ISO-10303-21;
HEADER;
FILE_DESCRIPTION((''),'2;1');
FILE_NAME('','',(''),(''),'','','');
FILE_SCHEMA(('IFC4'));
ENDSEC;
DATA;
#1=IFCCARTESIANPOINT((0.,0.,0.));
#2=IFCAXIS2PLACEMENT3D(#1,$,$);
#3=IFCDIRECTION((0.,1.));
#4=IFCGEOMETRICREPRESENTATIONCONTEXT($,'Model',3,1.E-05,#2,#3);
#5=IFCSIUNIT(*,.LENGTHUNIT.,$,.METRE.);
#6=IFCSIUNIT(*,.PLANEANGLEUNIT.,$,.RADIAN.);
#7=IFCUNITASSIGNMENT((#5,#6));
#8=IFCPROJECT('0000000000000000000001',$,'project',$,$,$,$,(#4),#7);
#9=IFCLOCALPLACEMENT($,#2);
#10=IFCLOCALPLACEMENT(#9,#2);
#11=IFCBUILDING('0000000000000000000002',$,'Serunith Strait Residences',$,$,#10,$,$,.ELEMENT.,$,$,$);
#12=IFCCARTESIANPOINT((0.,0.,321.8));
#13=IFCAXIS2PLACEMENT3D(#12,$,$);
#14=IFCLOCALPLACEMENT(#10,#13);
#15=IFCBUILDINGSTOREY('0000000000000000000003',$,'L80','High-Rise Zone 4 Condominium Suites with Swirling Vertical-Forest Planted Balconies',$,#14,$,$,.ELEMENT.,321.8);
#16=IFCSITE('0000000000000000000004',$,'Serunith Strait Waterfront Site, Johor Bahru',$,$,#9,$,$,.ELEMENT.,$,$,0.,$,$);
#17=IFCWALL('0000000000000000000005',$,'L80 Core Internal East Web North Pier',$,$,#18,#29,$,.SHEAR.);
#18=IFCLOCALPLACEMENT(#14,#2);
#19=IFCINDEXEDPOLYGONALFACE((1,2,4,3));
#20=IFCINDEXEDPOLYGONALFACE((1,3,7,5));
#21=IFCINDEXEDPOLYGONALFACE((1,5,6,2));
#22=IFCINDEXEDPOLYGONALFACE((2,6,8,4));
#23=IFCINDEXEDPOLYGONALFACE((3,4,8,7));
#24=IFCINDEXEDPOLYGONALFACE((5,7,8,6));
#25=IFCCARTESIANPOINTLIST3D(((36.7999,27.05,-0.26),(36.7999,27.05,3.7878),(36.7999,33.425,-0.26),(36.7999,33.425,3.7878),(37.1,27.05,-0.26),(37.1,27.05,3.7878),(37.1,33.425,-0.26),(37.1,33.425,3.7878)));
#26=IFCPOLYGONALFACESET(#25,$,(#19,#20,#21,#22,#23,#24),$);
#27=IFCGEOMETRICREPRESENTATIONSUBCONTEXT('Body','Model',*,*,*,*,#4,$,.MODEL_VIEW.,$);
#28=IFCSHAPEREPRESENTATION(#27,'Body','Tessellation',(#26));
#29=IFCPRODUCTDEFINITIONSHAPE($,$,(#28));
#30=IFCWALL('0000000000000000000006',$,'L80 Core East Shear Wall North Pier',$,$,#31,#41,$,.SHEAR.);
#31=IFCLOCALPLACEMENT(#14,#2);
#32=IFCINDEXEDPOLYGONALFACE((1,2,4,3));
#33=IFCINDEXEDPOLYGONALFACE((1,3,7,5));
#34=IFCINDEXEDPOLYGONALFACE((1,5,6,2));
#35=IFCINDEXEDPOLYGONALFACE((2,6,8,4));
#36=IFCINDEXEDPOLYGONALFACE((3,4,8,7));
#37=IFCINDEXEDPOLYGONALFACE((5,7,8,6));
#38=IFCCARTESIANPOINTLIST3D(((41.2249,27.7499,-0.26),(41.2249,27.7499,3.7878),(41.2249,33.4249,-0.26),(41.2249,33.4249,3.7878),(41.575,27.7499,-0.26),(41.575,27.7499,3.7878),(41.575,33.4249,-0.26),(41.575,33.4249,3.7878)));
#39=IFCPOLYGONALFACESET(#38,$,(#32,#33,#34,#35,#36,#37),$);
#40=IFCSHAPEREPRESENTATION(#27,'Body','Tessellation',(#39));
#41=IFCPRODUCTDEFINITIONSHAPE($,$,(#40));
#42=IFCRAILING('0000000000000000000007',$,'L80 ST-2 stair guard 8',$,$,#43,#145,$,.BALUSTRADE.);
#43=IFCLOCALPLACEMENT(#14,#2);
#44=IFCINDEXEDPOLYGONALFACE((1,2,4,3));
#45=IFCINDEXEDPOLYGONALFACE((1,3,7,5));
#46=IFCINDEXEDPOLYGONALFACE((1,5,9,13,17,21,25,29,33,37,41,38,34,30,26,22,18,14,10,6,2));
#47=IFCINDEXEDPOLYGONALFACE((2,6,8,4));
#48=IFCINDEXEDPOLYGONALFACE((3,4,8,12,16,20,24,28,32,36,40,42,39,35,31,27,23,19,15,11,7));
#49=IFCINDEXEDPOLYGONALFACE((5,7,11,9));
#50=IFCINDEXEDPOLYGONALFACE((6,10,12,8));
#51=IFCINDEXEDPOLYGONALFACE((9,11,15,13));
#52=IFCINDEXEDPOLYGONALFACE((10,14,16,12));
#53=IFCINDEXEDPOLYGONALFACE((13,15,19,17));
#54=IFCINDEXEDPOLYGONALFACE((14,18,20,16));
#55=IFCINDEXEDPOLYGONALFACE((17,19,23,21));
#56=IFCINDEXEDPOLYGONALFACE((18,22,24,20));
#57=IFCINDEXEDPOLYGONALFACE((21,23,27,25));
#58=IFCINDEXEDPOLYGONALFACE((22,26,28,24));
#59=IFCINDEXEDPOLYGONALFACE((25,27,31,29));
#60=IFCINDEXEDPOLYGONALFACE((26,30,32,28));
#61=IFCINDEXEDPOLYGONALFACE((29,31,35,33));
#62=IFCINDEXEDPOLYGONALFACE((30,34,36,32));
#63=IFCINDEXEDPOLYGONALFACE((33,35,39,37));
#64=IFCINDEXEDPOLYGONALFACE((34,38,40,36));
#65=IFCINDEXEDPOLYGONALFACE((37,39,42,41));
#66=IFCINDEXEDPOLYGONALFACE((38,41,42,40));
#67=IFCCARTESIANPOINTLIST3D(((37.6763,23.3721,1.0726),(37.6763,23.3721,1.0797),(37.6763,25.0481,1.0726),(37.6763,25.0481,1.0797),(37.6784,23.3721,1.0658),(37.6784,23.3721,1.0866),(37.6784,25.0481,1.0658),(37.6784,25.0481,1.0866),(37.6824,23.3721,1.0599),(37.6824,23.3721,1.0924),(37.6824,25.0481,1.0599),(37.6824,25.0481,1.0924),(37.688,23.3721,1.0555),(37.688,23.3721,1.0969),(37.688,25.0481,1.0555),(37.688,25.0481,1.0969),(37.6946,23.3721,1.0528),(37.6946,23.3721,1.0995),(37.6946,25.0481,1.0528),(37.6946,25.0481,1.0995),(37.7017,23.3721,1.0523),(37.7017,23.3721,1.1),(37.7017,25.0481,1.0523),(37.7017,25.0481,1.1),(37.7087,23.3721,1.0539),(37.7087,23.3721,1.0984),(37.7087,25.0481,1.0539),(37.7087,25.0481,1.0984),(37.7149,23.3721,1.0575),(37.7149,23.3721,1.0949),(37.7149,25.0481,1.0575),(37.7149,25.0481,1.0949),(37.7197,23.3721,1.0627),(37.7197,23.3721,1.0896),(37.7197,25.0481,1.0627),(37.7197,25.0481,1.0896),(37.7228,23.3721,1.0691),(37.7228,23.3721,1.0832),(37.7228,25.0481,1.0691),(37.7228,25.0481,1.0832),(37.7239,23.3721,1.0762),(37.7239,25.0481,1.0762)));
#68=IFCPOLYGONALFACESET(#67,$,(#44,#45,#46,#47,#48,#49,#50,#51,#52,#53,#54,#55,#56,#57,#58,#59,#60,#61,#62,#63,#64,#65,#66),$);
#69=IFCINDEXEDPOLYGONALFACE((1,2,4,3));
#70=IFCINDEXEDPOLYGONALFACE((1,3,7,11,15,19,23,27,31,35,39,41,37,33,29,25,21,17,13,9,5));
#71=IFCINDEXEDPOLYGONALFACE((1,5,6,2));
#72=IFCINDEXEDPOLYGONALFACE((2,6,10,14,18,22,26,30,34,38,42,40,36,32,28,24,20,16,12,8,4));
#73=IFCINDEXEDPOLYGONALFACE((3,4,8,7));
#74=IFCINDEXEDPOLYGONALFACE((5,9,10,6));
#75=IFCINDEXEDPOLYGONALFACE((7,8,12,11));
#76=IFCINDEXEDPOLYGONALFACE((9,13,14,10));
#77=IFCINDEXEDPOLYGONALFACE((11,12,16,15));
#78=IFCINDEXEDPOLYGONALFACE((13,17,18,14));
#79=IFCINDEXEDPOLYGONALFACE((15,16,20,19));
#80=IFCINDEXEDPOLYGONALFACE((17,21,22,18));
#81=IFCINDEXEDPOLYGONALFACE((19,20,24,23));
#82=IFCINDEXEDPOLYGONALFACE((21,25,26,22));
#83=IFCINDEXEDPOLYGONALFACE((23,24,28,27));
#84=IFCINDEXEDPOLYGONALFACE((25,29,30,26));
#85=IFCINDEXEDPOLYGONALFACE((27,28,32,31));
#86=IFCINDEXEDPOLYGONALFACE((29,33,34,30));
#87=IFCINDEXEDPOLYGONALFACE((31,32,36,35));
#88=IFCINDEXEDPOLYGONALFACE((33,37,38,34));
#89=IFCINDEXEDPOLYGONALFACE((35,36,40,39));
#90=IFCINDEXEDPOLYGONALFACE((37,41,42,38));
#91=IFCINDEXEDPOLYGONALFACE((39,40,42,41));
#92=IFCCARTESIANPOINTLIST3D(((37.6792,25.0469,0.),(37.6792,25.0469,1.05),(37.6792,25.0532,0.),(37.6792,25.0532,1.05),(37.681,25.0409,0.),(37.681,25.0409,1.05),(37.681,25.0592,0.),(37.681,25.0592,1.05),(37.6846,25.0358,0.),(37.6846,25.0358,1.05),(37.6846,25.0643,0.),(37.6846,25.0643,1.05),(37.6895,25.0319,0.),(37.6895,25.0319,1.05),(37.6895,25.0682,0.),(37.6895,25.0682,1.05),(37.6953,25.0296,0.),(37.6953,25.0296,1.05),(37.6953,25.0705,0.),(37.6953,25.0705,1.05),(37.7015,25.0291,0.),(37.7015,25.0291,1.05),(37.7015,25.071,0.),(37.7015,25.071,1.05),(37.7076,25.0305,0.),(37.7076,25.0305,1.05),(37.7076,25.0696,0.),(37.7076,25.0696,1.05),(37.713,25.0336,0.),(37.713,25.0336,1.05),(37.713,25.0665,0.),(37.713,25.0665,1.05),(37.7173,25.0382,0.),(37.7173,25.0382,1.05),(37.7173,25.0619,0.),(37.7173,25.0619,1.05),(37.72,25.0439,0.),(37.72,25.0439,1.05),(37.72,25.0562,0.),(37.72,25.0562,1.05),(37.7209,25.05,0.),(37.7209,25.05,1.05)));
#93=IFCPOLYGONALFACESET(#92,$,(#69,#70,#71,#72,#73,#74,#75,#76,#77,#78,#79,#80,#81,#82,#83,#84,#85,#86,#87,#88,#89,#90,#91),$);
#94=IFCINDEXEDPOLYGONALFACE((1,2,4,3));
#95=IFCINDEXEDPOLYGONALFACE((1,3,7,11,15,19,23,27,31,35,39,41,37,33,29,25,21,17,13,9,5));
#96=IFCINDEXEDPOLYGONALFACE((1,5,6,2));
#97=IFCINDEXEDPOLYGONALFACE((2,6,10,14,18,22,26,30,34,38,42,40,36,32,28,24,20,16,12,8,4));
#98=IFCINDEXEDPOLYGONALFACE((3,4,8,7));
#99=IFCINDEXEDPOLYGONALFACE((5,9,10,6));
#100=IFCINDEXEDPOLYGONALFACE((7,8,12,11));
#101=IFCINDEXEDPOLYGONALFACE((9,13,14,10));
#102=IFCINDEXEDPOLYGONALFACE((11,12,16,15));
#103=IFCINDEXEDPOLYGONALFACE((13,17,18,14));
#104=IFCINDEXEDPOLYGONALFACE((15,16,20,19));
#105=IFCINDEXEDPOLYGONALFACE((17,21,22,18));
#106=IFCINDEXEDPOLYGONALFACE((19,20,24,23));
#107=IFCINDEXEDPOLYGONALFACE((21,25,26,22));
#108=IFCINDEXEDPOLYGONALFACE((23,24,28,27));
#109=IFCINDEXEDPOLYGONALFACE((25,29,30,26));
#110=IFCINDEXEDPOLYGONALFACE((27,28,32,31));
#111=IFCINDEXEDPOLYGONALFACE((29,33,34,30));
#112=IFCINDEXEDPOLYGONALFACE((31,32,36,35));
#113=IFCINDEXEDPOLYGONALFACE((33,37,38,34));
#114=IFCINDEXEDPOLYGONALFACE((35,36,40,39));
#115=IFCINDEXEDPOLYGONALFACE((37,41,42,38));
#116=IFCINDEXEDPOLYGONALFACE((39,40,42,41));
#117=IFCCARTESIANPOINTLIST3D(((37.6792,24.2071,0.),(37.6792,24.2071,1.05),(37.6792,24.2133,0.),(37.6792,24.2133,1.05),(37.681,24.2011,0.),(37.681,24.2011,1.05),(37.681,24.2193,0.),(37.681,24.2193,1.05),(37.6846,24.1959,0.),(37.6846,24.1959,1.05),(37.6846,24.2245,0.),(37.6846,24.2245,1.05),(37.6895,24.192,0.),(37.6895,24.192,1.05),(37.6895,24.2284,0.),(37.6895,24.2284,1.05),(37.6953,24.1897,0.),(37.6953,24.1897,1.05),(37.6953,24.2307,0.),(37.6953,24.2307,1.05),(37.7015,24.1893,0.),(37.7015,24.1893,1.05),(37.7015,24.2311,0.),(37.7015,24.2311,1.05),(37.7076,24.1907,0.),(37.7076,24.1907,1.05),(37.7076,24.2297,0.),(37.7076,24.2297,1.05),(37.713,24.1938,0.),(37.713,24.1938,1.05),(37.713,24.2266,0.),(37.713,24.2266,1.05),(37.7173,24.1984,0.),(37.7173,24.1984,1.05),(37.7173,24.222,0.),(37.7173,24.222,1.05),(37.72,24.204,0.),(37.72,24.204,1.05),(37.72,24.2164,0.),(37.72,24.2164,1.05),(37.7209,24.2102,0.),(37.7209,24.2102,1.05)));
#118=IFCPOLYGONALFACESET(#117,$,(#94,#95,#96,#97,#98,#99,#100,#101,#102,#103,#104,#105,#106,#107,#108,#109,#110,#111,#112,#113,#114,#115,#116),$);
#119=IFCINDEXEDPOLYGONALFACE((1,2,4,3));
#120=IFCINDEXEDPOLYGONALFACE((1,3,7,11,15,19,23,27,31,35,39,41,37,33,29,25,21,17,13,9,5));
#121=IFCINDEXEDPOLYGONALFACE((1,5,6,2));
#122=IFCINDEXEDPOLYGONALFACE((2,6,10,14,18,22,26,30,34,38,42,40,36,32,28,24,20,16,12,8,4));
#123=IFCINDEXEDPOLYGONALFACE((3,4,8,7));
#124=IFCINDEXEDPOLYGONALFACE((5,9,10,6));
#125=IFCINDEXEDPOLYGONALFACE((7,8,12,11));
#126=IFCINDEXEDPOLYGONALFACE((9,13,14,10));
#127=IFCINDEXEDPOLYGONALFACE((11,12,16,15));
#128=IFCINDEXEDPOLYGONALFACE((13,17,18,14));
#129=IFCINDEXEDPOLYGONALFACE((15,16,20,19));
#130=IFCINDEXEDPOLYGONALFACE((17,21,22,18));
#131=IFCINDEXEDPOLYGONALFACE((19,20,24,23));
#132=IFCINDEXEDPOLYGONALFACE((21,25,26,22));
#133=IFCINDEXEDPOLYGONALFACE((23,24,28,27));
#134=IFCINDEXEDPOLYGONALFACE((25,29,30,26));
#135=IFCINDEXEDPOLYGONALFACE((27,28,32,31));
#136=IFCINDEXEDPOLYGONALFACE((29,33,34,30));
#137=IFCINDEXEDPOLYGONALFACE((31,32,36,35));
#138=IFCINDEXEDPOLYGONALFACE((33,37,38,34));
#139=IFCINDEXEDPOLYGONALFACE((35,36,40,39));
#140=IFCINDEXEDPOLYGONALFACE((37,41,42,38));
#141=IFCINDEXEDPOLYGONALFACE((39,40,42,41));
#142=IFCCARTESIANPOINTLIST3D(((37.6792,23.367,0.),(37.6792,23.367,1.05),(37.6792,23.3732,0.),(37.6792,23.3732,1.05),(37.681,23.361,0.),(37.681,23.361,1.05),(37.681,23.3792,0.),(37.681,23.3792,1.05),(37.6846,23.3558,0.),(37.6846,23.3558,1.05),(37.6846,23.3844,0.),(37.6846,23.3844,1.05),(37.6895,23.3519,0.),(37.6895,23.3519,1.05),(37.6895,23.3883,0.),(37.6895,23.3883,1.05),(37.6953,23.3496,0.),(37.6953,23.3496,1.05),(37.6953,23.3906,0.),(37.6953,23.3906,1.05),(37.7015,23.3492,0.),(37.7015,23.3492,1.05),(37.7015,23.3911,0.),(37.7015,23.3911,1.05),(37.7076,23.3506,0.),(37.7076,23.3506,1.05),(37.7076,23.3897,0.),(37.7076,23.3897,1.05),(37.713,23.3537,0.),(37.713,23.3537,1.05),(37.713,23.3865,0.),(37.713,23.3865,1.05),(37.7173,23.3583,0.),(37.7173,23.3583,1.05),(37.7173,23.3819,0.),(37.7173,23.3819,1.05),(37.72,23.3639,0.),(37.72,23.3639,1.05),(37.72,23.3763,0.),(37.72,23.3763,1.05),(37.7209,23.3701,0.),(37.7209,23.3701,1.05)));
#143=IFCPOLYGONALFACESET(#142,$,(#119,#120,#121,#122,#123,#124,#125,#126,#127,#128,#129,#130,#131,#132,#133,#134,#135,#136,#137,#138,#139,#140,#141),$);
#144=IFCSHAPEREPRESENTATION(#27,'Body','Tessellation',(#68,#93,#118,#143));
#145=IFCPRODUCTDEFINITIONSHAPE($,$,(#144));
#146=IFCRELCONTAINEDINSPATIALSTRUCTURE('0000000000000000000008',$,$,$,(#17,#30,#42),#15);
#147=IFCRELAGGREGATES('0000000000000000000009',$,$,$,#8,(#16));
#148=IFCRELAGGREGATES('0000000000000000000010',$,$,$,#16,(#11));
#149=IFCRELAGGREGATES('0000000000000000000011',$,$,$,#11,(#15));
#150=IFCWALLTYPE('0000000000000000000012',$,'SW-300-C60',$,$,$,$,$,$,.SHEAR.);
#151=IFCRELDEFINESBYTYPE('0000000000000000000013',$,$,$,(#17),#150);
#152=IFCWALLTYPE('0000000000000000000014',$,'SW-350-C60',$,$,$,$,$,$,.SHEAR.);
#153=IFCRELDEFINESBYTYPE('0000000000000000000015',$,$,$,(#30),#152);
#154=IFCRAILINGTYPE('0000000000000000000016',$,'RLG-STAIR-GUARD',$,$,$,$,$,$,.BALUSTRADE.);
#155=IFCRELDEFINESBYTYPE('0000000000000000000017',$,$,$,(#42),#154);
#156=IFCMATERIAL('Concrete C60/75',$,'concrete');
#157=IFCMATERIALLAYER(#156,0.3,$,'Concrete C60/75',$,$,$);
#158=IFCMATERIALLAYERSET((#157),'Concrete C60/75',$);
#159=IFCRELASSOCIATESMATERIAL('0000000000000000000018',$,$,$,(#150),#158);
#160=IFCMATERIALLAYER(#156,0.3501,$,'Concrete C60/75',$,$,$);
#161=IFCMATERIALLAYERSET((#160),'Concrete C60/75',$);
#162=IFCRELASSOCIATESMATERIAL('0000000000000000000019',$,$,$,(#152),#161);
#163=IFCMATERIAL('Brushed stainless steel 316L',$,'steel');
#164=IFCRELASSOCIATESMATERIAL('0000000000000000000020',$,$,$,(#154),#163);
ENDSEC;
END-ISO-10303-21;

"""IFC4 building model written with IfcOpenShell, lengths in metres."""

from ifc_helpers import new_model, si_unit, direction, frame, frame_2d, origin, origin_2d, place, context, subcontext, project, spatial, rectangle, circle, extrude, material, layer, layer_set, type_object, element, save


model = new_model("IFC4")

# Units and contexts
model_context = context("Model", 3, precision=1e-05, world=origin(), true_north=direction((0.0, 1.0)))
body_context = subcontext(model_context, "Body", "Model", "MODEL_VIEW")
ifc_project = project(units=[si_unit("LENGTHUNIT", "METRE"), si_unit("PLANEANGLEUNIT", "RADIAN")], contexts=[model_context])

# Site, building, storey
site_placement = place(None, origin())
site = spatial("IfcSite", under=ifc_project, at=site_placement, Name="Serunith Strait Waterfront Site, Johor Bahru", CompositionType="ELEMENT", RefElevation=0.0)
building_placement = place(site_placement, origin())
building = spatial("IfcBuilding", under=site, at=building_placement, Name="Serunith Strait Residences", CompositionType="ELEMENT")
storey_placement = place(building_placement, frame((0.0, 0.0, 321.8)))
storey = spatial("IfcBuildingStorey", under=building, at=storey_placement, Name="L80", Description="High-Rise Zone 4 Condominium Suites with Swirling Vertical-Forest Planted Balconies", CompositionType="ELEMENT", Elevation=321.8)

# Walls
ifc_material_1 = material(Name="Concrete C60/75", Category="concrete")
ifc_layer_1 = layer(ifc_material_1, 0.3, Name="Concrete C60/75")
ifc_layer_set_1 = layer_set([ifc_layer_1], Name="Concrete C60/75")
wall_type_1 = type_object("IfcWallType", Name="SW-300-C60", PredefinedType="SHEAR", material=ifc_layer_set_1)
wall_1_placement = place(storey_placement, frame((36.95, 27.05, -0.26), z_axis=(0.0, 0.0, 1.0), x_axis=(0.0, 1.0, 0.0)))
element("IfcWall", 1, at=wall_1_placement, inside=storey, type_object=wall_type_1, Name="L80 Core Internal East Web North Pier", PredefinedType="SHEAR", context=body_context, shape_type="SweptSolid", body=[
    extrude(rectangle(XDim=6.375, YDim=0.3, at=frame_2d((3.1875, 0.0))), origin(), (0.0, 0.0, 1.0), 4.0479),
])
ifc_layer_2 = layer(ifc_material_1, 0.3501, Name="Concrete C60/75")
ifc_layer_set_2 = layer_set([ifc_layer_2], Name="Concrete C60/75")
wall_type_2 = type_object("IfcWallType", Name="SW-350-C60", PredefinedType="SHEAR", material=ifc_layer_set_2)
wall_2_placement = place(storey_placement, frame((41.3999, 27.75, -0.26), z_axis=(0.0, 0.0, 1.0), x_axis=(0.0, 1.0, 0.0)))
element("IfcWall", 2, at=wall_2_placement, inside=storey, type_object=wall_type_2, Name="L80 Core East Shear Wall North Pier", PredefinedType="SHEAR", context=body_context, shape_type="SweptSolid", body=[
    extrude(rectangle(XDim=5.675, YDim=0.3501, at=frame_2d((2.8374, 0.0))), origin(), (0.0, 0.0, 1.0), 4.0479),
])

# Railing
ifc_material_2 = material(Name="Brushed stainless steel 316L", Category="steel")
railing_type = type_object("IfcRailingType", Name="RLG-STAIR-GUARD", PredefinedType="BALUSTRADE", material=ifc_material_2)
for number, where, name in (
    (3, (37.7, 25.05, 0.0), "L80 ST-2 stair guard 8"),
):
    element("IfcRailing", number, at=place(storey_placement, frame(where)), inside=storey, type_object=railing_type, Name=name, PredefinedType="BALUSTRADE", context=body_context, shape_type="SweptSolid", body=[
        extrude(circle(Radius=0.0239, at=origin_2d()), frame((0.0, -0.002, 1.0762), z_axis=(0.0, -1.0, 0.0), x_axis=(1.0, 0.0, 0.0)), (0.0, 0.0, 1.0), 1.676),
        extrude(circle(Radius=0.021, at=origin_2d()), origin(), (0.0, 0.0, 1.0), 1.05),
        extrude(circle(Radius=0.021, at=origin_2d()), frame((0.0, -0.8398, 0.0)), (0.0, 0.0, 1.0), 1.05),
        extrude(circle(Radius=0.021, at=origin_2d()), frame((0.0, -1.6799, 0.0)), (0.0, 0.0, 1.0), 1.05),
    ])

save(model, "model.ifc")
